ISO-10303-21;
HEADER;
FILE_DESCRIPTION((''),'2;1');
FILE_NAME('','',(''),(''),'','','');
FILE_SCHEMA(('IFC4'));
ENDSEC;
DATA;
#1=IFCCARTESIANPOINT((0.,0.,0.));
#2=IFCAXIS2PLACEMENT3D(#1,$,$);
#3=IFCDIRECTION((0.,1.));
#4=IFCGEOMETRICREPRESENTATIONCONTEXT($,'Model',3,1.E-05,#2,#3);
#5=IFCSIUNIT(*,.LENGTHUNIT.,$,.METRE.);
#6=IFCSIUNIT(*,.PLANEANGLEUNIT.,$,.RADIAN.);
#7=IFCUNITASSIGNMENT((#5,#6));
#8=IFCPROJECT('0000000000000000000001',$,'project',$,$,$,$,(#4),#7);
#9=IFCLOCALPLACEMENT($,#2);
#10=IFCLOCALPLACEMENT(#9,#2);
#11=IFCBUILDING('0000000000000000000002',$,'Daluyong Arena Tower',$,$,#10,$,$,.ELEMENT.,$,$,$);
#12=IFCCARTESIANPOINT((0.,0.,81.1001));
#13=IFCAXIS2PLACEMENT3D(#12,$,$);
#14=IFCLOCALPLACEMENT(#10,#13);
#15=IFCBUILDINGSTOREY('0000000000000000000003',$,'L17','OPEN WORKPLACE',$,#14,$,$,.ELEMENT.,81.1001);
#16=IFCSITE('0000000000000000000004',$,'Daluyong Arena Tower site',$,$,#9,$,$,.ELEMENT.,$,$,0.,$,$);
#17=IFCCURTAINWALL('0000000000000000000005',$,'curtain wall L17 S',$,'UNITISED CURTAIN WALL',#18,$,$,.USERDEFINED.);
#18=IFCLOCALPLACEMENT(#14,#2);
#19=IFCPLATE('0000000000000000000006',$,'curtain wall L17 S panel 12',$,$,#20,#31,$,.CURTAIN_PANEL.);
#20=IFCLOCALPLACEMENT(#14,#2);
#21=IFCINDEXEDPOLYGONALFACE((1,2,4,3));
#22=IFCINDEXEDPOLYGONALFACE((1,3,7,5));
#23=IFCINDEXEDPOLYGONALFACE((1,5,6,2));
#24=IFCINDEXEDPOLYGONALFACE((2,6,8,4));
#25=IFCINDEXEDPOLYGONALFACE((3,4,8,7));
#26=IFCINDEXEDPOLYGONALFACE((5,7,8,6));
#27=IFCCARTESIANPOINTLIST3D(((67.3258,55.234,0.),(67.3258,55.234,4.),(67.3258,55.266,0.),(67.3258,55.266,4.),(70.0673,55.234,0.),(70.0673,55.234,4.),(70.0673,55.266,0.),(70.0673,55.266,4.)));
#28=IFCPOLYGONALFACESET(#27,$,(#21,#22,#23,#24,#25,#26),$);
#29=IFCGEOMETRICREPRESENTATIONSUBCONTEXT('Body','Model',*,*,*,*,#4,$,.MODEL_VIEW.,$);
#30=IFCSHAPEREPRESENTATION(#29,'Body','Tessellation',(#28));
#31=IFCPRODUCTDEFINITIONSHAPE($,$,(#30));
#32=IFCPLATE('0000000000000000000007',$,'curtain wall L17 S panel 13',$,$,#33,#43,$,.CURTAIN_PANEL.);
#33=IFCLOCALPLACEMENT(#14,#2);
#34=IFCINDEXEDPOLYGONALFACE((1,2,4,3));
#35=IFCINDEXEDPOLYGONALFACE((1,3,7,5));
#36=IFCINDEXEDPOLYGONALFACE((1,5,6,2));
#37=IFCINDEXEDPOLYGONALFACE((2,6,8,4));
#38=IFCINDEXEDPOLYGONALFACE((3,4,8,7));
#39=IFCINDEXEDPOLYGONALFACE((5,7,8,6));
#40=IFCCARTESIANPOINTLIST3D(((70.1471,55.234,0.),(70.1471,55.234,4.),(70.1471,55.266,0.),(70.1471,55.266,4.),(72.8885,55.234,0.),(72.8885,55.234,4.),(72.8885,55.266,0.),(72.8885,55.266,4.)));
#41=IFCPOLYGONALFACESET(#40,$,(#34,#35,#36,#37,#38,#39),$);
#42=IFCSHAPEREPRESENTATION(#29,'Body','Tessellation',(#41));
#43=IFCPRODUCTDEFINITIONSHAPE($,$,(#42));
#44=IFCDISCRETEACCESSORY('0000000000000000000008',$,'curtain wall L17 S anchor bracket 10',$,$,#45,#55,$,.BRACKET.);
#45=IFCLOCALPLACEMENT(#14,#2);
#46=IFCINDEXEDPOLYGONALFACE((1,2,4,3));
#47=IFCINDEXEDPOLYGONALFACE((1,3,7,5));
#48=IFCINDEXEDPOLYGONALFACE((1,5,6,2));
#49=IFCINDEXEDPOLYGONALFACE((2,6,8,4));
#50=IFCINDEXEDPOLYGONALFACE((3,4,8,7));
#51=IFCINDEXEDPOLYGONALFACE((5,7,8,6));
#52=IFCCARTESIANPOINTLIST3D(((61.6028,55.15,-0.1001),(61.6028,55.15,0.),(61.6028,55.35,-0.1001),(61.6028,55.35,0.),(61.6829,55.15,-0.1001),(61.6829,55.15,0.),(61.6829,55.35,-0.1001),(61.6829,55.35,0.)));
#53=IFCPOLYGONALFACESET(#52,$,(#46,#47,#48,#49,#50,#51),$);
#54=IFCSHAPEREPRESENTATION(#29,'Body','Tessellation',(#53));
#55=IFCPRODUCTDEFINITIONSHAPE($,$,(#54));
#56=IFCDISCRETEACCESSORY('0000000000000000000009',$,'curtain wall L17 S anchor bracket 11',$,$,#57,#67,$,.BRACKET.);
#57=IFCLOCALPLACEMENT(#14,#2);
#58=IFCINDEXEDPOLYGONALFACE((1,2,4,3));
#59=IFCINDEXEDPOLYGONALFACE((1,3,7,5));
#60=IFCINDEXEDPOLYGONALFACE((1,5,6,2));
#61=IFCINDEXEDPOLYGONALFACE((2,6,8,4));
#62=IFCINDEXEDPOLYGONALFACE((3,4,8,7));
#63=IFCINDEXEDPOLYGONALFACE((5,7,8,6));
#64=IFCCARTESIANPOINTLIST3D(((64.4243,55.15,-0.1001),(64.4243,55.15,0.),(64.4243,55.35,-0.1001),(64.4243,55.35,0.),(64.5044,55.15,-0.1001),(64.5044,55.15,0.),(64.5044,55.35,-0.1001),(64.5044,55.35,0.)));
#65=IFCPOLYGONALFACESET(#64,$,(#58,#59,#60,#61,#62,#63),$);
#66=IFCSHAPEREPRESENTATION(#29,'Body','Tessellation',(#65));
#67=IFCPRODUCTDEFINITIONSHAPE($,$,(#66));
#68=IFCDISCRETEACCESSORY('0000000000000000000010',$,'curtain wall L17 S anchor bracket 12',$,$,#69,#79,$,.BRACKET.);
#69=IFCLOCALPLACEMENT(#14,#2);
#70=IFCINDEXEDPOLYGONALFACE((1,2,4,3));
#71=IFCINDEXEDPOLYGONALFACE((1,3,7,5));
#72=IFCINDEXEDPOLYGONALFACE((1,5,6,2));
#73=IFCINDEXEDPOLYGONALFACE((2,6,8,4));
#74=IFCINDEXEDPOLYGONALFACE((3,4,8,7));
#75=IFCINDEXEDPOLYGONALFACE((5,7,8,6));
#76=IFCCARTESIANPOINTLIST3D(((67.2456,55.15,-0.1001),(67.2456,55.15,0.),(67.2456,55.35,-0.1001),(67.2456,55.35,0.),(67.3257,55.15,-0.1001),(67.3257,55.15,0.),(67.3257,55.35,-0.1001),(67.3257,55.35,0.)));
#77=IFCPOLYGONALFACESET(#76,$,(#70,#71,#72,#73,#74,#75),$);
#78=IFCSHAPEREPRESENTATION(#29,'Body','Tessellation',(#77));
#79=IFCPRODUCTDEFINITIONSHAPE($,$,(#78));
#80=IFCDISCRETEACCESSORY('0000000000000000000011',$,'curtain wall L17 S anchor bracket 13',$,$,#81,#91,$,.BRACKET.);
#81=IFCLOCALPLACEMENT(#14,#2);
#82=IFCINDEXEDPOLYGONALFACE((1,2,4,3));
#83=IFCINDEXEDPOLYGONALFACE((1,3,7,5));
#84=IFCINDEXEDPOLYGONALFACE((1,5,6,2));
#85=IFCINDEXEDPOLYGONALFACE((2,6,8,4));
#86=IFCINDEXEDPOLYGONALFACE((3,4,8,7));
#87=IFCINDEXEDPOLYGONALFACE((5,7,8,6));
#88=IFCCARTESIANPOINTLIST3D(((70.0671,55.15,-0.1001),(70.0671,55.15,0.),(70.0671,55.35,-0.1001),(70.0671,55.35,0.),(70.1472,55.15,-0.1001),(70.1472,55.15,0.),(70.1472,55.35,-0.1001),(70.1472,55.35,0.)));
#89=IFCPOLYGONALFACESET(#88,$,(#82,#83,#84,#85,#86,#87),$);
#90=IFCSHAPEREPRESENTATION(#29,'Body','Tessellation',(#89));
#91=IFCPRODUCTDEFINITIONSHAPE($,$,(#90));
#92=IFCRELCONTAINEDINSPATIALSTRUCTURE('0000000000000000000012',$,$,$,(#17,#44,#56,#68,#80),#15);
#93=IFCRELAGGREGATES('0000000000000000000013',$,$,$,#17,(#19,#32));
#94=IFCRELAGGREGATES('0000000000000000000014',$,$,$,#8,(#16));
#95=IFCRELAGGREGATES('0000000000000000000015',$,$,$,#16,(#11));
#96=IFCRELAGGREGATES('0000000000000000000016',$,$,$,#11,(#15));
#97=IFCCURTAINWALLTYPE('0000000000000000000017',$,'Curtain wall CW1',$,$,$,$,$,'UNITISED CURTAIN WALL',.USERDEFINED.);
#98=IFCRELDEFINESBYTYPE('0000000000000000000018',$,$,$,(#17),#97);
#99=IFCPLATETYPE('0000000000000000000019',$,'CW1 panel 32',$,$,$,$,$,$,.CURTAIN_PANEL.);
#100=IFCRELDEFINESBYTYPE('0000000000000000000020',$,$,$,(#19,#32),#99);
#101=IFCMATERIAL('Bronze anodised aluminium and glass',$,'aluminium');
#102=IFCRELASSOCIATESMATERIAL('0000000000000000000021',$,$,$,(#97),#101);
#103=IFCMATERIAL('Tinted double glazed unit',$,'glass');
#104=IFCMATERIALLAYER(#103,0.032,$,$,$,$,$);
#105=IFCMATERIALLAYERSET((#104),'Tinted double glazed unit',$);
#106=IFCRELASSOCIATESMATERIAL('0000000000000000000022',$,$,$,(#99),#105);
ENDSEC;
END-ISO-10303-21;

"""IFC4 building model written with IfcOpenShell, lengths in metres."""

from ifc_helpers import new_model, si_unit, direction, frame, origin, origin_2d, place, context, subcontext, project, spatial, rectangle, extrude, material, layer, layer_set, type_object, element, aggregate, save


model = new_model("IFC4")

# Units and contexts
model_context = context("Model", 3, precision=1e-05, world=origin(), true_north=direction((0.0, 1.0)))
body_context = subcontext(model_context, "Body", "Model", "MODEL_VIEW")
ifc_project = project(units=[si_unit("LENGTHUNIT", "METRE"), si_unit("PLANEANGLEUNIT", "RADIAN")], contexts=[model_context])

# Site, building, storey
site_placement = place(None, origin())
site = spatial("IfcSite", under=ifc_project, at=site_placement, Name="Daluyong Arena Tower site", CompositionType="ELEMENT", RefElevation=0.0)
building_placement = place(site_placement, origin())
building = spatial("IfcBuilding", under=site, at=building_placement, Name="Daluyong Arena Tower", CompositionType="ELEMENT")
storey_placement = place(building_placement, frame((0.0, 0.0, 81.1001)))
storey = spatial("IfcBuildingStorey", under=building, at=storey_placement, Name="L17", Description="OPEN WORKPLACE", CompositionType="ELEMENT", Elevation=81.1001)

# Curtain wall
ifc_material_1 = material(Name="Bronze anodised aluminium and glass", Category="aluminium")
curtain_wall_type = type_object("IfcCurtainWallType", Name="Curtain wall CW1", ElementType="UNITISED CURTAIN WALL", PredefinedType="USERDEFINED", material=ifc_material_1)
curtain_wall_placement = place(storey_placement, origin())
curtain_wall = element("IfcCurtainWall", 1, at=curtain_wall_placement, inside=storey, type_object=curtain_wall_type, Name="curtain wall L17 S", ObjectType="UNITISED CURTAIN WALL", PredefinedType="USERDEFINED")

# Plates
ifc_material_2 = material(Name="Tinted double glazed unit", Category="glass")
ifc_layer = layer(ifc_material_2, 0.032)
ifc_layer_set = layer_set([ifc_layer], Name="Tinted double glazed unit")
plate_type = type_object("IfcPlateType", Name="CW1 panel 32", PredefinedType="CURTAIN_PANEL", material=ifc_layer_set)
plate_1_placement = place(storey_placement, frame((68.6965, 55.25, 0.0), z_axis=(0.0, 0.0, 1.0), x_axis=(1.0, 0.0, 0.0)))
plate_1 = element("IfcPlate", 2, at=plate_1_placement, type_object=plate_type, Name="curtain wall L17 S panel 12", PredefinedType="CURTAIN_PANEL", context=body_context, shape_type="SweptSolid", body=[
    extrude(rectangle(XDim=2.7415, YDim=0.032, at=origin_2d()), origin(), (0.0, 0.0, 1.0), 4.0),
])
plate_2_placement = place(storey_placement, frame((71.5178, 55.25, 0.0), z_axis=(0.0, 0.0, 1.0), x_axis=(1.0, 0.0, 0.0)))
plate_2 = element("IfcPlate", 3, at=plate_2_placement, type_object=plate_type, Name="curtain wall L17 S panel 13", PredefinedType="CURTAIN_PANEL", context=body_context, shape_type="SweptSolid", body=[
    extrude(rectangle(XDim=2.7415, YDim=0.032, at=origin_2d()), origin(), (0.0, 0.0, 1.0), 4.0),
])
aggregate(curtain_wall, [plate_1, plate_2])

# Discrete accessories
for number, where, z_axis, x_axis, name in (
    (4, (61.6428, 55.25, -0.1001), (0.0, 0.0, 1.0), (1.0, 0.0, 0.0), "curtain wall L17 S anchor bracket 10"),
    (5, (64.4644, 55.25, -0.1001), (0.0, 0.0, 1.0), (1.0, 0.0, 0.0), "curtain wall L17 S anchor bracket 11"),
    (6, (67.2856, 55.25, -0.1001), (0.0, 0.0, 1.0), (1.0, 0.0, 0.0), "curtain wall L17 S anchor bracket 12"),
    (7, (70.1072, 55.25, -0.1001), (0.0, 0.0, 1.0), (1.0, 0.0, 0.0), "curtain wall L17 S anchor bracket 13"),
):
    element("IfcDiscreteAccessory", number, at=place(storey_placement, frame(where, z_axis=z_axis, x_axis=x_axis)), inside=storey, Name=name, PredefinedType="BRACKET", context=body_context, shape_type="SweptSolid", body=[
        extrude(rectangle(XDim=0.0801, YDim=0.2, at=origin_2d()), origin(), (0.0, 0.0, 1.0), 0.1001),
    ])

save(model, "model.ifc")
